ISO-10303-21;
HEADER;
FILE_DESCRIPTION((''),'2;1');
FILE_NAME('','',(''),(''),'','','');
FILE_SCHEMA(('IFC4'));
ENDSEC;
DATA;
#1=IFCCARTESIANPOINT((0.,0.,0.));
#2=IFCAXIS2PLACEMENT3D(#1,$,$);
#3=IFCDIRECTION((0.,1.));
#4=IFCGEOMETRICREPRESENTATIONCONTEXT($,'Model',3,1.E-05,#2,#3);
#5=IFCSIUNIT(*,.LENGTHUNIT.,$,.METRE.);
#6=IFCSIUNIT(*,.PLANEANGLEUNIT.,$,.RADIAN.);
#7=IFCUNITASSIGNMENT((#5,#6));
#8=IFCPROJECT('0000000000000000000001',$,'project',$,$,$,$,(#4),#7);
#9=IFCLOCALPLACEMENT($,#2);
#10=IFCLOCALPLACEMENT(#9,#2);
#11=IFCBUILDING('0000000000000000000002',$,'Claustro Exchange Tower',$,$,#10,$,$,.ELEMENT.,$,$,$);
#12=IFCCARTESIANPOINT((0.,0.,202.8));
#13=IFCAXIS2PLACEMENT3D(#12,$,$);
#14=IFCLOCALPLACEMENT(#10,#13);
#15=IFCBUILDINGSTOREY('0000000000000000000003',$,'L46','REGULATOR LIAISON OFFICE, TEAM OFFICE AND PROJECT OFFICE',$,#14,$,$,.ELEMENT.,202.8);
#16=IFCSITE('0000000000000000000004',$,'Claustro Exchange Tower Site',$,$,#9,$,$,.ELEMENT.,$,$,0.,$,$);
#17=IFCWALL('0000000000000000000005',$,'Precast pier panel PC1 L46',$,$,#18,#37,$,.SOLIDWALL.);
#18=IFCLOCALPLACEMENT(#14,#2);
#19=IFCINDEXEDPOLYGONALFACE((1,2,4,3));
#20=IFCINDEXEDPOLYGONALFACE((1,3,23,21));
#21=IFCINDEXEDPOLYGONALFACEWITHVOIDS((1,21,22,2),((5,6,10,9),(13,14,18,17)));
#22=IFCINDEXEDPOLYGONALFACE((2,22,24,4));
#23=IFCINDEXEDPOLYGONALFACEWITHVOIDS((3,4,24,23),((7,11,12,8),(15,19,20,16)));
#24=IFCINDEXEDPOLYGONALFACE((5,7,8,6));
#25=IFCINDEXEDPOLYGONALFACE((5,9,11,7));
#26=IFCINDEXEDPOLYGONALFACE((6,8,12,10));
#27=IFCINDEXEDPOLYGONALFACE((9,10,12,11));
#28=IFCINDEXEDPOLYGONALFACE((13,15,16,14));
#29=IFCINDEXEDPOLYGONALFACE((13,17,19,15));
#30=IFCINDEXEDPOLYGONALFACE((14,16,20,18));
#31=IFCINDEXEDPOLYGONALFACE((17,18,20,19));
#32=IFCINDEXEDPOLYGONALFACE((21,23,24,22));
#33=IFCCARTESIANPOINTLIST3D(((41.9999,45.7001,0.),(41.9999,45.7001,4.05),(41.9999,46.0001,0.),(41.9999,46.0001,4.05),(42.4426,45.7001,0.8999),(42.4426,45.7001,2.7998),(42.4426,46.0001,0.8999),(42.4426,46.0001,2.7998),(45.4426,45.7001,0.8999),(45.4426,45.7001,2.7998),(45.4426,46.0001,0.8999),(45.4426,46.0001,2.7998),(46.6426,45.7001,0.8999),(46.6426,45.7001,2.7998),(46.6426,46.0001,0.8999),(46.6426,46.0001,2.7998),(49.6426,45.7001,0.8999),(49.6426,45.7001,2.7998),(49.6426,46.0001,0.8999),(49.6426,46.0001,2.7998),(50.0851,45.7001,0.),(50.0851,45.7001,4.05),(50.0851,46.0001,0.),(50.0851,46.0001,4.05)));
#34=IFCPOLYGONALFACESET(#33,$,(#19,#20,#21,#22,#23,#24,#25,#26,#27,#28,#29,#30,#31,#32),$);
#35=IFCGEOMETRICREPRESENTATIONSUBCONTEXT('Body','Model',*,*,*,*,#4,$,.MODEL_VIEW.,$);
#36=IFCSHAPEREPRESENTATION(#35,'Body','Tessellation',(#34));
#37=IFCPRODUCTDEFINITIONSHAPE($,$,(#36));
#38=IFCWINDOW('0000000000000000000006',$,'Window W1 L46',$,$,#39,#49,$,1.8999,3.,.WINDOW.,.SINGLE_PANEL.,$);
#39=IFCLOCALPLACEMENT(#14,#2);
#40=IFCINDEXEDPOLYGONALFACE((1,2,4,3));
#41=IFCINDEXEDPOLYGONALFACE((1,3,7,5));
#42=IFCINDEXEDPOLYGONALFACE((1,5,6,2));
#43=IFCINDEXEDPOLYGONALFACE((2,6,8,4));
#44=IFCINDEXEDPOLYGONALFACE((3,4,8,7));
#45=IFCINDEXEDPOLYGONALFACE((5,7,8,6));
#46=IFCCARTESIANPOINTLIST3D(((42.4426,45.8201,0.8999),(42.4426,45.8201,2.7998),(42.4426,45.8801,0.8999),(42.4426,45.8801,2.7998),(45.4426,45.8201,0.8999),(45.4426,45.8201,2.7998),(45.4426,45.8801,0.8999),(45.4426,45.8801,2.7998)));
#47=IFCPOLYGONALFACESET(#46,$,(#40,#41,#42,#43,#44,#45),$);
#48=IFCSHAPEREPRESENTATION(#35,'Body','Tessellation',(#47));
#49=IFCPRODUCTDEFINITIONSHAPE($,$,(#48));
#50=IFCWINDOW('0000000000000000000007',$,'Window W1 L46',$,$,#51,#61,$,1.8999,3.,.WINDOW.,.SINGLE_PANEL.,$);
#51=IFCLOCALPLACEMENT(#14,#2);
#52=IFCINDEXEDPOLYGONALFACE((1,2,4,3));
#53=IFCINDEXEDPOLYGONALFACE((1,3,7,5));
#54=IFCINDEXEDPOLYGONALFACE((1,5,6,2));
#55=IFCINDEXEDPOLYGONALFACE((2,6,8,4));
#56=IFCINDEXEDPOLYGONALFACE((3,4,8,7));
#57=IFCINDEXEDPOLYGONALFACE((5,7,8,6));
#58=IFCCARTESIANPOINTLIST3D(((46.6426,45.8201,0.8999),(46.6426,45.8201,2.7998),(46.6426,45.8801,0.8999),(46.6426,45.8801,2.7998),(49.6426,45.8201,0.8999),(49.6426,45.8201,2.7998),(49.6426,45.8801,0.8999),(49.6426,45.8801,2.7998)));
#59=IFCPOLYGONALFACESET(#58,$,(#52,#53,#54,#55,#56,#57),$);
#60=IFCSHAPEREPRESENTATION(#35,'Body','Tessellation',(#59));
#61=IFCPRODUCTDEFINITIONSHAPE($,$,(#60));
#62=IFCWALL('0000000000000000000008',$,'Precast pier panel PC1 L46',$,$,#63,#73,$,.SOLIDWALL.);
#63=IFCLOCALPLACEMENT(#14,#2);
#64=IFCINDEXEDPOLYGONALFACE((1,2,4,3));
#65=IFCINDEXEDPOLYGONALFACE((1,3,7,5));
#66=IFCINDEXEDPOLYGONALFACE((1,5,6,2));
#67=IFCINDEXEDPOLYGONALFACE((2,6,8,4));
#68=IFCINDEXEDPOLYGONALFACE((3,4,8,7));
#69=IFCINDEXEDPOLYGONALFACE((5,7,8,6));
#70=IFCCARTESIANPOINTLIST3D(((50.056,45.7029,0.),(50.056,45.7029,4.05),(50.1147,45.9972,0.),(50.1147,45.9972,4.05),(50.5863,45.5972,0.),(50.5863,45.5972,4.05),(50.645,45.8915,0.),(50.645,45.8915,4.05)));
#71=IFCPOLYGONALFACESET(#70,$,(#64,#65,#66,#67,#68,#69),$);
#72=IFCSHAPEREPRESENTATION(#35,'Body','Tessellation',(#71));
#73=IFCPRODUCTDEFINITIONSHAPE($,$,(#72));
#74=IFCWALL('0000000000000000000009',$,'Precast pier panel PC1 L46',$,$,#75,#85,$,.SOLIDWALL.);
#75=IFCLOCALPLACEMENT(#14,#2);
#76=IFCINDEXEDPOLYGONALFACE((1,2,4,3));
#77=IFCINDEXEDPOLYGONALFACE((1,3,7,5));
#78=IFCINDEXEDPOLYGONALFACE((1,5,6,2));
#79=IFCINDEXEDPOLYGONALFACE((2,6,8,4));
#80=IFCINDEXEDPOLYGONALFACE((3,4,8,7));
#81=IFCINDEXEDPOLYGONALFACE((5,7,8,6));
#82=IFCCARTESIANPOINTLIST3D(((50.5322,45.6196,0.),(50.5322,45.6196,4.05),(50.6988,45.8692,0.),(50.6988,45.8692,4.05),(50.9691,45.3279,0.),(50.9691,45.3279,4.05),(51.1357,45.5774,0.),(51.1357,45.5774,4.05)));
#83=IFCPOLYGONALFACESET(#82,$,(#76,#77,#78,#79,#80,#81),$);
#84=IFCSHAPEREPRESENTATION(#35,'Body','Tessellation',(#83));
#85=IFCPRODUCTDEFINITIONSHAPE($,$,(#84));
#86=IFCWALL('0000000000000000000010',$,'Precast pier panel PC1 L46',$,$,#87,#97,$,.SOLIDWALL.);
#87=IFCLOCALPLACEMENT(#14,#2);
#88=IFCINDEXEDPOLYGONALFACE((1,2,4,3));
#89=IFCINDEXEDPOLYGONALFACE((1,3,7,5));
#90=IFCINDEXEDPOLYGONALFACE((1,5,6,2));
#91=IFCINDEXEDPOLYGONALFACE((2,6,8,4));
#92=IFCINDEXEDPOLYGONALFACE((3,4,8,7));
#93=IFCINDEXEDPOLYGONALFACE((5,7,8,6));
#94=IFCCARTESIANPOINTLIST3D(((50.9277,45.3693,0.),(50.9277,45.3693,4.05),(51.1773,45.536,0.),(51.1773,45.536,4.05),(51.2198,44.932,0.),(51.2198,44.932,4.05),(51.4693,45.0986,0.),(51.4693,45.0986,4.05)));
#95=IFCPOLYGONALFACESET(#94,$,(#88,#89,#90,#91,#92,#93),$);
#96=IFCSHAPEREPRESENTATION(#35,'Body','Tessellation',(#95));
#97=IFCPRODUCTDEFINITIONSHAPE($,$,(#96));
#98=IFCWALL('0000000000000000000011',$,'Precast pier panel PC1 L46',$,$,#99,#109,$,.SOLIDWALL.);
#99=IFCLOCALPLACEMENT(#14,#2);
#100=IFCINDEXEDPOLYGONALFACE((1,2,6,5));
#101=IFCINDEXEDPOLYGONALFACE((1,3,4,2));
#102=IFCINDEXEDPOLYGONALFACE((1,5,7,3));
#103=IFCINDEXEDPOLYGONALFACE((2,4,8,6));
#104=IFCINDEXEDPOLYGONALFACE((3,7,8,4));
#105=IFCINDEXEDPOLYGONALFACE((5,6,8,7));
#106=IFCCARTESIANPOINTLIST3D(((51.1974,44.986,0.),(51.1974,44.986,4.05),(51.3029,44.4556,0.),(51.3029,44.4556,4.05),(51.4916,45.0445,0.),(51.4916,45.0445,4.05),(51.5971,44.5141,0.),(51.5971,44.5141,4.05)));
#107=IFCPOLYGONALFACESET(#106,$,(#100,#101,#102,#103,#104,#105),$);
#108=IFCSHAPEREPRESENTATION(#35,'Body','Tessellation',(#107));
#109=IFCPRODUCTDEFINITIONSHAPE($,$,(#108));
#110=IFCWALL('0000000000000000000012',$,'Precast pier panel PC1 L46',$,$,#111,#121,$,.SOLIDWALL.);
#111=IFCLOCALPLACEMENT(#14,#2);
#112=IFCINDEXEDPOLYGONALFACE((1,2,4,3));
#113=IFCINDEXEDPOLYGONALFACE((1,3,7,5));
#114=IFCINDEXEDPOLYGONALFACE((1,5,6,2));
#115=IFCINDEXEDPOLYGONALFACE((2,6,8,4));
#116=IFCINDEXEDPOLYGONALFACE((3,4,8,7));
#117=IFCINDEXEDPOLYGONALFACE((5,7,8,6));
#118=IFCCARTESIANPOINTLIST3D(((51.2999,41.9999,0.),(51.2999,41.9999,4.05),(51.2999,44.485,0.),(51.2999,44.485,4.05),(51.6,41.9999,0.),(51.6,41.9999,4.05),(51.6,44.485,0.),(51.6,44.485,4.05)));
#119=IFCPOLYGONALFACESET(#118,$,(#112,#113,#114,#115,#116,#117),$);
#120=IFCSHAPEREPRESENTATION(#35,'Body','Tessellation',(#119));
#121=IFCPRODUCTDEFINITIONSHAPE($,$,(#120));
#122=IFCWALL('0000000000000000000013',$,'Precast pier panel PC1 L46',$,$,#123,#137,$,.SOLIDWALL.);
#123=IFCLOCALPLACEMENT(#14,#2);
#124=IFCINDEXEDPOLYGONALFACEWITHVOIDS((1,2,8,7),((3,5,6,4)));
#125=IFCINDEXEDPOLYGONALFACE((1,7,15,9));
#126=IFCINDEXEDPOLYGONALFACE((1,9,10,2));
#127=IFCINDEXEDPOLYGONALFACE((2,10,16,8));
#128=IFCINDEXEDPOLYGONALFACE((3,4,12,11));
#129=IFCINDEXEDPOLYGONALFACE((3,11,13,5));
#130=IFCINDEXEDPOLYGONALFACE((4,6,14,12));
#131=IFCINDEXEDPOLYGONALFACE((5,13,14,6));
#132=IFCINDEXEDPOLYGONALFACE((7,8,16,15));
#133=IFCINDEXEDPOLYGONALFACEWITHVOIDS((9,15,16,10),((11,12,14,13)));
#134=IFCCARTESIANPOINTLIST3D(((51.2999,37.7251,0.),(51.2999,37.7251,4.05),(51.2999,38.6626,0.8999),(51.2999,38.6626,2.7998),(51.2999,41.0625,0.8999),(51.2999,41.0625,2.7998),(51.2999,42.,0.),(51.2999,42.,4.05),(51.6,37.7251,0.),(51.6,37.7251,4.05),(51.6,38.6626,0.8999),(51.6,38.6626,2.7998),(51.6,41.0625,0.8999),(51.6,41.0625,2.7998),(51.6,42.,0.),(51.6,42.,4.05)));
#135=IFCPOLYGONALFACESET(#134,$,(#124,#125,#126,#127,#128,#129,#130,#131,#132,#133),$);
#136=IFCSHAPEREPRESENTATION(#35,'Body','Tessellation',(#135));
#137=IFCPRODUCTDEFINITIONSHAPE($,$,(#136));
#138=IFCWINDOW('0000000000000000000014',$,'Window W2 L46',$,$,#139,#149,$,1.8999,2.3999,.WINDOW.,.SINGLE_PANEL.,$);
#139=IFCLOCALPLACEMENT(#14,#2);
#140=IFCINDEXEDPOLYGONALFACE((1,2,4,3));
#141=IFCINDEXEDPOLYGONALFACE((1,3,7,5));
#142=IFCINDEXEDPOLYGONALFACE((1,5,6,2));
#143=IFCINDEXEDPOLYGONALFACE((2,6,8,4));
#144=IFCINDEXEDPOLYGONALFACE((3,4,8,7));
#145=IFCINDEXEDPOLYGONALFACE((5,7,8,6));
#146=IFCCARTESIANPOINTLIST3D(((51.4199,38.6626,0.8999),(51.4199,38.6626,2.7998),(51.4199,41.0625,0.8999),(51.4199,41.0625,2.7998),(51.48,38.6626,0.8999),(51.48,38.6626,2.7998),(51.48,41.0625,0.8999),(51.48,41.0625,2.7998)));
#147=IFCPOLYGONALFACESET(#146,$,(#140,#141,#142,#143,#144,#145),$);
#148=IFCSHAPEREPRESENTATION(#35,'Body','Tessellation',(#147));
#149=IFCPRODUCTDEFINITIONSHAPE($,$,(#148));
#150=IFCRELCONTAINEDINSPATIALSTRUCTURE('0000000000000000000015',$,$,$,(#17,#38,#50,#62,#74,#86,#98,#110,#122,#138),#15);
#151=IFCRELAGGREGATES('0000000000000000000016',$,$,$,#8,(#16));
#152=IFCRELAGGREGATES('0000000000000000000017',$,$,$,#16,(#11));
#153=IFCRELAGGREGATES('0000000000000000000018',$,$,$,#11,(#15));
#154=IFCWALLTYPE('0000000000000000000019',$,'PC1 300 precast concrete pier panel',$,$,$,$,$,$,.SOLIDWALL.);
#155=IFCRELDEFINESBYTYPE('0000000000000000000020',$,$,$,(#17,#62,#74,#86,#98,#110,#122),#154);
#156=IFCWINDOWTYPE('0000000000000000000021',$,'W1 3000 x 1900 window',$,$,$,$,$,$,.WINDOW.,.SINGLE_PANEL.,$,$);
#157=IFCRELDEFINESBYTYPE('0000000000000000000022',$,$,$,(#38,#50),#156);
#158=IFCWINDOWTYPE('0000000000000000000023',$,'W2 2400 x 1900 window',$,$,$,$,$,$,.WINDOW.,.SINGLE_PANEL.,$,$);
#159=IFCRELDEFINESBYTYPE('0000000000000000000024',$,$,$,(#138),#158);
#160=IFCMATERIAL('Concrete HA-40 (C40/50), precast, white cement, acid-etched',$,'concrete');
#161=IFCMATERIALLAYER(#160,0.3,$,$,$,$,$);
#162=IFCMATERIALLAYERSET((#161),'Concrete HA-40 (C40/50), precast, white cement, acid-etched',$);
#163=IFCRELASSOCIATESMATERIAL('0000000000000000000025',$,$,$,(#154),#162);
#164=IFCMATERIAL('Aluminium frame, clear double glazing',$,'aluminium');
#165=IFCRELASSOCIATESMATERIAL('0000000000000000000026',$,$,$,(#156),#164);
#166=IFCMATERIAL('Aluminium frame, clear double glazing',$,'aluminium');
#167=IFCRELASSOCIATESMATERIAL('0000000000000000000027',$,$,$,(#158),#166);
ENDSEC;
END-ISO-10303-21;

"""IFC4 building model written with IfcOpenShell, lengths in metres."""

from ifc_helpers import new_model, si_unit, direction, frame, frame_2d, origin, place, context, subcontext, project, spatial, rectangle, extrude, material, layer, layer_set, type_object, element, fill, save


model = new_model("IFC4")

# Units and contexts
model_context = context("Model", 3, precision=1e-05, world=origin(), true_north=direction((0.0, 1.0)))
body_context = subcontext(model_context, "Body", "Model", "MODEL_VIEW")
ifc_project = project(units=[si_unit("LENGTHUNIT", "METRE"), si_unit("PLANEANGLEUNIT", "RADIAN")], contexts=[model_context])

# Site, building, storey
site_placement = place(None, origin())
site = spatial("IfcSite", under=ifc_project, at=site_placement, Name="Claustro Exchange Tower Site", CompositionType="ELEMENT", RefElevation=0.0)
building_placement = place(site_placement, origin())
building = spatial("IfcBuilding", under=site, at=building_placement, Name="Claustro Exchange Tower", CompositionType="ELEMENT")
storey_placement = place(building_placement, frame((0.0, 0.0, 202.8)))
storey = spatial("IfcBuildingStorey", under=building, at=storey_placement, Name="L46", Description="REGULATOR LIAISON OFFICE, TEAM OFFICE AND PROJECT OFFICE", CompositionType="ELEMENT", Elevation=202.8)

# Wall, openings, windows
ifc_material_1 = material(Name="Concrete HA-40 (C40/50), precast, white cement, acid-etched", Category="concrete")
ifc_layer_1 = layer(ifc_material_1, 0.3)
ifc_layer_set_1 = layer_set([ifc_layer_1], Name="Concrete HA-40 (C40/50), precast, white cement, acid-etched")
wall_type_1 = type_object("IfcWallType", Name="PC1 300 precast concrete pier panel", PredefinedType="SOLIDWALL", material=ifc_layer_set_1)
wall_1_placement = place(storey_placement, frame((42.0, 45.8501, 0.0), z_axis=(0.0, 0.0, 1.0), x_axis=(1.0, 0.0, 0.0)))
wall_1 = element("IfcWall", 1, at=wall_1_placement, inside=storey, type_object=wall_type_1, Name="Precast pier panel PC1 L46", PredefinedType="SOLIDWALL", context=body_context, shape_type="SweptSolid", body=[
    extrude(rectangle(XDim=8.0852, YDim=0.3, at=frame_2d((4.0425, 0.0))), origin(), (0.0, 0.0, 1.0), 4.05),
])
opening_1_placement = place(wall_1_placement, frame((0.4426, 0.0, 0.8999)))
opening_1 = element("IfcOpeningElement", 2, at=opening_1_placement, cuts=wall_1, PredefinedType="OPENING", context=body_context, shape_type="SweptSolid", body=[
    extrude(rectangle(XDim=3.0, YDim=1.8999, at=frame_2d((1.5, 0.95))), frame((0.0, 0.1599, 0.0), z_axis=(0.0, -1.0, 0.0), x_axis=(1.0, 0.0, 0.0)), (0.0, 0.0, 1.0), 0.3201),
])
opening_2_placement = place(wall_1_placement, frame((4.6426, 0.0, 0.8999)))
opening_2 = element("IfcOpeningElement", 3, at=opening_2_placement, cuts=wall_1, PredefinedType="OPENING", context=body_context, shape_type="SweptSolid", body=[
    extrude(rectangle(XDim=3.0, YDim=1.8999, at=frame_2d((1.5, 0.95))), frame((0.0, 0.1599, 0.0), z_axis=(0.0, -1.0, 0.0), x_axis=(1.0, 0.0, 0.0)), (0.0, 0.0, 1.0), 0.3201),
])
ifc_material_2 = material(Name="Aluminium frame, clear double glazing", Category="aluminium")
window_type_1 = type_object("IfcWindowType", Name="W1 3000 x 1900 window", PartitioningType="SINGLE_PANEL", PredefinedType="WINDOW", material=ifc_material_2)
window_1_placement = place(opening_1_placement, origin())
window_1 = element("IfcWindow", 4, at=window_1_placement, inside=storey, type_object=window_type_1, Name="Window W1 L46", OverallHeight=1.8999, OverallWidth=3.0, PartitioningType="SINGLE_PANEL", PredefinedType="WINDOW", context=body_context, shape_type="SweptSolid", body=[
    extrude(rectangle(XDim=3.0, YDim=1.8999, at=frame_2d((1.5, 0.95))), frame((0.0, 0.03, 0.0), z_axis=(0.0, -1.0, 0.0), x_axis=(1.0, 0.0, 0.0)), (0.0, 0.0, 1.0), 0.0601),
])
fill(opening_1, window_1)
window_2_placement = place(opening_2_placement, origin())
window_2 = element("IfcWindow", 5, at=window_2_placement, inside=storey, type_object=window_type_1, Name="Window W1 L46", OverallHeight=1.8999, OverallWidth=3.0, PartitioningType="SINGLE_PANEL", PredefinedType="WINDOW", context=body_context, shape_type="SweptSolid", body=[
    extrude(rectangle(XDim=3.0, YDim=1.8999, at=frame_2d((1.5, 0.95))), frame((0.0, 0.03, 0.0), z_axis=(0.0, -1.0, 0.0), x_axis=(1.0, 0.0, 0.0)), (0.0, 0.0, 1.0), 0.0601),
])
fill(opening_2, window_2)

# Walls
wall_2_placement = place(storey_placement, frame((50.0852, 45.8501, 0.0), z_axis=(0.0, 0.0, 1.0), x_axis=(0.980702, -0.195508, 0.0)))
element("IfcWall", 6, at=wall_2_placement, inside=storey, type_object=wall_type_1, Name="Precast pier panel PC1 L46", PredefinedType="SOLIDWALL", context=body_context, shape_type="SweptSolid", body=[
    extrude(rectangle(XDim=0.5408, YDim=0.3, at=frame_2d((0.2705, 0.0))), origin(), (0.0, 0.0, 1.0), 4.05),
])
wall_3_placement = place(storey_placement, frame((50.6155, 45.7444, 0.0), z_axis=(0.0, 0.0, 1.0), x_axis=(0.831693, -0.555236, 0.0)))
element("IfcWall", 7, at=wall_3_placement, inside=storey, type_object=wall_type_1, Name="Precast pier panel PC1 L46", PredefinedType="SOLIDWALL", context=body_context, shape_type="SweptSolid", body=[
    extrude(rectangle(XDim=0.5254, YDim=0.3, at=frame_2d((0.2627, 0.0))), origin(), (0.0, 0.0, 1.0), 4.05),
])
wall_4_placement = place(storey_placement, frame((51.0525, 45.4526, 0.0), z_axis=(0.0, 0.0, 1.0), x_axis=(0.555343, -0.831621, 0.0)))
element("IfcWall", 8, at=wall_4_placement, inside=storey, type_object=wall_type_1, Name="Precast pier panel PC1 L46", PredefinedType="SOLIDWALL", context=body_context, shape_type="SweptSolid", body=[
    extrude(rectangle(XDim=0.5259, YDim=0.3, at=frame_2d((0.2629, 0.0))), origin(), (0.0, 0.0, 1.0), 4.05),
])
wall_5_placement = place(storey_placement, frame((51.3445, 45.0154, 0.0), z_axis=(0.0, 0.0, 1.0), x_axis=(0.195074, -0.980789, 0.0)))
element("IfcWall", 9, at=wall_5_placement, inside=storey, type_object=wall_type_1, Name="Precast pier panel PC1 L46", PredefinedType="SOLIDWALL", context=body_context, shape_type="SweptSolid", body=[
    extrude(rectangle(XDim=0.5408, YDim=0.3, at=frame_2d((0.2705, 0.0))), origin(), (0.0, 0.0, 1.0), 4.05),
])
wall_6_placement = place(storey_placement, frame((51.45, 44.4851, 0.0), z_axis=(0.0, 0.0, 1.0), x_axis=(0.0, -1.0, 0.0)))
element("IfcWall", 10, at=wall_6_placement, inside=storey, type_object=wall_type_1, Name="Precast pier panel PC1 L46", PredefinedType="SOLIDWALL", context=body_context, shape_type="SweptSolid", body=[
    extrude(rectangle(XDim=2.4851, YDim=0.3, at=frame_2d((1.2427, 0.0))), origin(), (0.0, 0.0, 1.0), 4.05),
])

# Wall, opening, window
wall_7_placement = place(storey_placement, frame((51.45, 42.0, 0.0), z_axis=(0.0, 0.0, 1.0), x_axis=(0.0, -1.0, 0.0)))
wall_7 = element("IfcWall", 11, at=wall_7_placement, inside=storey, type_object=wall_type_1, Name="Precast pier panel PC1 L46", PredefinedType="SOLIDWALL", context=body_context, shape_type="SweptSolid", body=[
    extrude(rectangle(XDim=4.2749, YDim=0.3, at=frame_2d((2.1375, 0.0))), origin(), (0.0, 0.0, 1.0), 4.05),
])
opening_3_placement = place(wall_7_placement, frame((0.9375, 0.0, 0.8999)))
opening_3 = element("IfcOpeningElement", 12, at=opening_3_placement, cuts=wall_7, PredefinedType="OPENING", context=body_context, shape_type="SweptSolid", body=[
    extrude(rectangle(XDim=2.3999, YDim=1.8999, at=frame_2d((1.2, 0.95))), frame((0.0, 0.1599, 0.0), z_axis=(0.0, -1.0, 0.0), x_axis=(1.0, 0.0, 0.0)), (0.0, 0.0, 1.0), 0.3201),
])
ifc_material_3 = material(Name="Aluminium frame, clear double glazing", Category="aluminium")
window_type_2 = type_object("IfcWindowType", Name="W2 2400 x 1900 window", PartitioningType="SINGLE_PANEL", PredefinedType="WINDOW", material=ifc_material_3)
window_3_placement = place(opening_3_placement, origin())
window_3 = element("IfcWindow", 13, at=window_3_placement, inside=storey, type_object=window_type_2, Name="Window W2 L46", OverallHeight=1.8999, OverallWidth=2.3999, PartitioningType="SINGLE_PANEL", PredefinedType="WINDOW", context=body_context, shape_type="SweptSolid", body=[
    extrude(rectangle(XDim=2.3999, YDim=1.8999, at=frame_2d((1.2, 0.95))), frame((0.0, 0.03, 0.0), z_axis=(0.0, -1.0, 0.0), x_axis=(1.0, 0.0, 0.0)), (0.0, 0.0, 1.0), 0.0601),
])
fill(opening_3, window_3)

save(model, "model.ifc")
